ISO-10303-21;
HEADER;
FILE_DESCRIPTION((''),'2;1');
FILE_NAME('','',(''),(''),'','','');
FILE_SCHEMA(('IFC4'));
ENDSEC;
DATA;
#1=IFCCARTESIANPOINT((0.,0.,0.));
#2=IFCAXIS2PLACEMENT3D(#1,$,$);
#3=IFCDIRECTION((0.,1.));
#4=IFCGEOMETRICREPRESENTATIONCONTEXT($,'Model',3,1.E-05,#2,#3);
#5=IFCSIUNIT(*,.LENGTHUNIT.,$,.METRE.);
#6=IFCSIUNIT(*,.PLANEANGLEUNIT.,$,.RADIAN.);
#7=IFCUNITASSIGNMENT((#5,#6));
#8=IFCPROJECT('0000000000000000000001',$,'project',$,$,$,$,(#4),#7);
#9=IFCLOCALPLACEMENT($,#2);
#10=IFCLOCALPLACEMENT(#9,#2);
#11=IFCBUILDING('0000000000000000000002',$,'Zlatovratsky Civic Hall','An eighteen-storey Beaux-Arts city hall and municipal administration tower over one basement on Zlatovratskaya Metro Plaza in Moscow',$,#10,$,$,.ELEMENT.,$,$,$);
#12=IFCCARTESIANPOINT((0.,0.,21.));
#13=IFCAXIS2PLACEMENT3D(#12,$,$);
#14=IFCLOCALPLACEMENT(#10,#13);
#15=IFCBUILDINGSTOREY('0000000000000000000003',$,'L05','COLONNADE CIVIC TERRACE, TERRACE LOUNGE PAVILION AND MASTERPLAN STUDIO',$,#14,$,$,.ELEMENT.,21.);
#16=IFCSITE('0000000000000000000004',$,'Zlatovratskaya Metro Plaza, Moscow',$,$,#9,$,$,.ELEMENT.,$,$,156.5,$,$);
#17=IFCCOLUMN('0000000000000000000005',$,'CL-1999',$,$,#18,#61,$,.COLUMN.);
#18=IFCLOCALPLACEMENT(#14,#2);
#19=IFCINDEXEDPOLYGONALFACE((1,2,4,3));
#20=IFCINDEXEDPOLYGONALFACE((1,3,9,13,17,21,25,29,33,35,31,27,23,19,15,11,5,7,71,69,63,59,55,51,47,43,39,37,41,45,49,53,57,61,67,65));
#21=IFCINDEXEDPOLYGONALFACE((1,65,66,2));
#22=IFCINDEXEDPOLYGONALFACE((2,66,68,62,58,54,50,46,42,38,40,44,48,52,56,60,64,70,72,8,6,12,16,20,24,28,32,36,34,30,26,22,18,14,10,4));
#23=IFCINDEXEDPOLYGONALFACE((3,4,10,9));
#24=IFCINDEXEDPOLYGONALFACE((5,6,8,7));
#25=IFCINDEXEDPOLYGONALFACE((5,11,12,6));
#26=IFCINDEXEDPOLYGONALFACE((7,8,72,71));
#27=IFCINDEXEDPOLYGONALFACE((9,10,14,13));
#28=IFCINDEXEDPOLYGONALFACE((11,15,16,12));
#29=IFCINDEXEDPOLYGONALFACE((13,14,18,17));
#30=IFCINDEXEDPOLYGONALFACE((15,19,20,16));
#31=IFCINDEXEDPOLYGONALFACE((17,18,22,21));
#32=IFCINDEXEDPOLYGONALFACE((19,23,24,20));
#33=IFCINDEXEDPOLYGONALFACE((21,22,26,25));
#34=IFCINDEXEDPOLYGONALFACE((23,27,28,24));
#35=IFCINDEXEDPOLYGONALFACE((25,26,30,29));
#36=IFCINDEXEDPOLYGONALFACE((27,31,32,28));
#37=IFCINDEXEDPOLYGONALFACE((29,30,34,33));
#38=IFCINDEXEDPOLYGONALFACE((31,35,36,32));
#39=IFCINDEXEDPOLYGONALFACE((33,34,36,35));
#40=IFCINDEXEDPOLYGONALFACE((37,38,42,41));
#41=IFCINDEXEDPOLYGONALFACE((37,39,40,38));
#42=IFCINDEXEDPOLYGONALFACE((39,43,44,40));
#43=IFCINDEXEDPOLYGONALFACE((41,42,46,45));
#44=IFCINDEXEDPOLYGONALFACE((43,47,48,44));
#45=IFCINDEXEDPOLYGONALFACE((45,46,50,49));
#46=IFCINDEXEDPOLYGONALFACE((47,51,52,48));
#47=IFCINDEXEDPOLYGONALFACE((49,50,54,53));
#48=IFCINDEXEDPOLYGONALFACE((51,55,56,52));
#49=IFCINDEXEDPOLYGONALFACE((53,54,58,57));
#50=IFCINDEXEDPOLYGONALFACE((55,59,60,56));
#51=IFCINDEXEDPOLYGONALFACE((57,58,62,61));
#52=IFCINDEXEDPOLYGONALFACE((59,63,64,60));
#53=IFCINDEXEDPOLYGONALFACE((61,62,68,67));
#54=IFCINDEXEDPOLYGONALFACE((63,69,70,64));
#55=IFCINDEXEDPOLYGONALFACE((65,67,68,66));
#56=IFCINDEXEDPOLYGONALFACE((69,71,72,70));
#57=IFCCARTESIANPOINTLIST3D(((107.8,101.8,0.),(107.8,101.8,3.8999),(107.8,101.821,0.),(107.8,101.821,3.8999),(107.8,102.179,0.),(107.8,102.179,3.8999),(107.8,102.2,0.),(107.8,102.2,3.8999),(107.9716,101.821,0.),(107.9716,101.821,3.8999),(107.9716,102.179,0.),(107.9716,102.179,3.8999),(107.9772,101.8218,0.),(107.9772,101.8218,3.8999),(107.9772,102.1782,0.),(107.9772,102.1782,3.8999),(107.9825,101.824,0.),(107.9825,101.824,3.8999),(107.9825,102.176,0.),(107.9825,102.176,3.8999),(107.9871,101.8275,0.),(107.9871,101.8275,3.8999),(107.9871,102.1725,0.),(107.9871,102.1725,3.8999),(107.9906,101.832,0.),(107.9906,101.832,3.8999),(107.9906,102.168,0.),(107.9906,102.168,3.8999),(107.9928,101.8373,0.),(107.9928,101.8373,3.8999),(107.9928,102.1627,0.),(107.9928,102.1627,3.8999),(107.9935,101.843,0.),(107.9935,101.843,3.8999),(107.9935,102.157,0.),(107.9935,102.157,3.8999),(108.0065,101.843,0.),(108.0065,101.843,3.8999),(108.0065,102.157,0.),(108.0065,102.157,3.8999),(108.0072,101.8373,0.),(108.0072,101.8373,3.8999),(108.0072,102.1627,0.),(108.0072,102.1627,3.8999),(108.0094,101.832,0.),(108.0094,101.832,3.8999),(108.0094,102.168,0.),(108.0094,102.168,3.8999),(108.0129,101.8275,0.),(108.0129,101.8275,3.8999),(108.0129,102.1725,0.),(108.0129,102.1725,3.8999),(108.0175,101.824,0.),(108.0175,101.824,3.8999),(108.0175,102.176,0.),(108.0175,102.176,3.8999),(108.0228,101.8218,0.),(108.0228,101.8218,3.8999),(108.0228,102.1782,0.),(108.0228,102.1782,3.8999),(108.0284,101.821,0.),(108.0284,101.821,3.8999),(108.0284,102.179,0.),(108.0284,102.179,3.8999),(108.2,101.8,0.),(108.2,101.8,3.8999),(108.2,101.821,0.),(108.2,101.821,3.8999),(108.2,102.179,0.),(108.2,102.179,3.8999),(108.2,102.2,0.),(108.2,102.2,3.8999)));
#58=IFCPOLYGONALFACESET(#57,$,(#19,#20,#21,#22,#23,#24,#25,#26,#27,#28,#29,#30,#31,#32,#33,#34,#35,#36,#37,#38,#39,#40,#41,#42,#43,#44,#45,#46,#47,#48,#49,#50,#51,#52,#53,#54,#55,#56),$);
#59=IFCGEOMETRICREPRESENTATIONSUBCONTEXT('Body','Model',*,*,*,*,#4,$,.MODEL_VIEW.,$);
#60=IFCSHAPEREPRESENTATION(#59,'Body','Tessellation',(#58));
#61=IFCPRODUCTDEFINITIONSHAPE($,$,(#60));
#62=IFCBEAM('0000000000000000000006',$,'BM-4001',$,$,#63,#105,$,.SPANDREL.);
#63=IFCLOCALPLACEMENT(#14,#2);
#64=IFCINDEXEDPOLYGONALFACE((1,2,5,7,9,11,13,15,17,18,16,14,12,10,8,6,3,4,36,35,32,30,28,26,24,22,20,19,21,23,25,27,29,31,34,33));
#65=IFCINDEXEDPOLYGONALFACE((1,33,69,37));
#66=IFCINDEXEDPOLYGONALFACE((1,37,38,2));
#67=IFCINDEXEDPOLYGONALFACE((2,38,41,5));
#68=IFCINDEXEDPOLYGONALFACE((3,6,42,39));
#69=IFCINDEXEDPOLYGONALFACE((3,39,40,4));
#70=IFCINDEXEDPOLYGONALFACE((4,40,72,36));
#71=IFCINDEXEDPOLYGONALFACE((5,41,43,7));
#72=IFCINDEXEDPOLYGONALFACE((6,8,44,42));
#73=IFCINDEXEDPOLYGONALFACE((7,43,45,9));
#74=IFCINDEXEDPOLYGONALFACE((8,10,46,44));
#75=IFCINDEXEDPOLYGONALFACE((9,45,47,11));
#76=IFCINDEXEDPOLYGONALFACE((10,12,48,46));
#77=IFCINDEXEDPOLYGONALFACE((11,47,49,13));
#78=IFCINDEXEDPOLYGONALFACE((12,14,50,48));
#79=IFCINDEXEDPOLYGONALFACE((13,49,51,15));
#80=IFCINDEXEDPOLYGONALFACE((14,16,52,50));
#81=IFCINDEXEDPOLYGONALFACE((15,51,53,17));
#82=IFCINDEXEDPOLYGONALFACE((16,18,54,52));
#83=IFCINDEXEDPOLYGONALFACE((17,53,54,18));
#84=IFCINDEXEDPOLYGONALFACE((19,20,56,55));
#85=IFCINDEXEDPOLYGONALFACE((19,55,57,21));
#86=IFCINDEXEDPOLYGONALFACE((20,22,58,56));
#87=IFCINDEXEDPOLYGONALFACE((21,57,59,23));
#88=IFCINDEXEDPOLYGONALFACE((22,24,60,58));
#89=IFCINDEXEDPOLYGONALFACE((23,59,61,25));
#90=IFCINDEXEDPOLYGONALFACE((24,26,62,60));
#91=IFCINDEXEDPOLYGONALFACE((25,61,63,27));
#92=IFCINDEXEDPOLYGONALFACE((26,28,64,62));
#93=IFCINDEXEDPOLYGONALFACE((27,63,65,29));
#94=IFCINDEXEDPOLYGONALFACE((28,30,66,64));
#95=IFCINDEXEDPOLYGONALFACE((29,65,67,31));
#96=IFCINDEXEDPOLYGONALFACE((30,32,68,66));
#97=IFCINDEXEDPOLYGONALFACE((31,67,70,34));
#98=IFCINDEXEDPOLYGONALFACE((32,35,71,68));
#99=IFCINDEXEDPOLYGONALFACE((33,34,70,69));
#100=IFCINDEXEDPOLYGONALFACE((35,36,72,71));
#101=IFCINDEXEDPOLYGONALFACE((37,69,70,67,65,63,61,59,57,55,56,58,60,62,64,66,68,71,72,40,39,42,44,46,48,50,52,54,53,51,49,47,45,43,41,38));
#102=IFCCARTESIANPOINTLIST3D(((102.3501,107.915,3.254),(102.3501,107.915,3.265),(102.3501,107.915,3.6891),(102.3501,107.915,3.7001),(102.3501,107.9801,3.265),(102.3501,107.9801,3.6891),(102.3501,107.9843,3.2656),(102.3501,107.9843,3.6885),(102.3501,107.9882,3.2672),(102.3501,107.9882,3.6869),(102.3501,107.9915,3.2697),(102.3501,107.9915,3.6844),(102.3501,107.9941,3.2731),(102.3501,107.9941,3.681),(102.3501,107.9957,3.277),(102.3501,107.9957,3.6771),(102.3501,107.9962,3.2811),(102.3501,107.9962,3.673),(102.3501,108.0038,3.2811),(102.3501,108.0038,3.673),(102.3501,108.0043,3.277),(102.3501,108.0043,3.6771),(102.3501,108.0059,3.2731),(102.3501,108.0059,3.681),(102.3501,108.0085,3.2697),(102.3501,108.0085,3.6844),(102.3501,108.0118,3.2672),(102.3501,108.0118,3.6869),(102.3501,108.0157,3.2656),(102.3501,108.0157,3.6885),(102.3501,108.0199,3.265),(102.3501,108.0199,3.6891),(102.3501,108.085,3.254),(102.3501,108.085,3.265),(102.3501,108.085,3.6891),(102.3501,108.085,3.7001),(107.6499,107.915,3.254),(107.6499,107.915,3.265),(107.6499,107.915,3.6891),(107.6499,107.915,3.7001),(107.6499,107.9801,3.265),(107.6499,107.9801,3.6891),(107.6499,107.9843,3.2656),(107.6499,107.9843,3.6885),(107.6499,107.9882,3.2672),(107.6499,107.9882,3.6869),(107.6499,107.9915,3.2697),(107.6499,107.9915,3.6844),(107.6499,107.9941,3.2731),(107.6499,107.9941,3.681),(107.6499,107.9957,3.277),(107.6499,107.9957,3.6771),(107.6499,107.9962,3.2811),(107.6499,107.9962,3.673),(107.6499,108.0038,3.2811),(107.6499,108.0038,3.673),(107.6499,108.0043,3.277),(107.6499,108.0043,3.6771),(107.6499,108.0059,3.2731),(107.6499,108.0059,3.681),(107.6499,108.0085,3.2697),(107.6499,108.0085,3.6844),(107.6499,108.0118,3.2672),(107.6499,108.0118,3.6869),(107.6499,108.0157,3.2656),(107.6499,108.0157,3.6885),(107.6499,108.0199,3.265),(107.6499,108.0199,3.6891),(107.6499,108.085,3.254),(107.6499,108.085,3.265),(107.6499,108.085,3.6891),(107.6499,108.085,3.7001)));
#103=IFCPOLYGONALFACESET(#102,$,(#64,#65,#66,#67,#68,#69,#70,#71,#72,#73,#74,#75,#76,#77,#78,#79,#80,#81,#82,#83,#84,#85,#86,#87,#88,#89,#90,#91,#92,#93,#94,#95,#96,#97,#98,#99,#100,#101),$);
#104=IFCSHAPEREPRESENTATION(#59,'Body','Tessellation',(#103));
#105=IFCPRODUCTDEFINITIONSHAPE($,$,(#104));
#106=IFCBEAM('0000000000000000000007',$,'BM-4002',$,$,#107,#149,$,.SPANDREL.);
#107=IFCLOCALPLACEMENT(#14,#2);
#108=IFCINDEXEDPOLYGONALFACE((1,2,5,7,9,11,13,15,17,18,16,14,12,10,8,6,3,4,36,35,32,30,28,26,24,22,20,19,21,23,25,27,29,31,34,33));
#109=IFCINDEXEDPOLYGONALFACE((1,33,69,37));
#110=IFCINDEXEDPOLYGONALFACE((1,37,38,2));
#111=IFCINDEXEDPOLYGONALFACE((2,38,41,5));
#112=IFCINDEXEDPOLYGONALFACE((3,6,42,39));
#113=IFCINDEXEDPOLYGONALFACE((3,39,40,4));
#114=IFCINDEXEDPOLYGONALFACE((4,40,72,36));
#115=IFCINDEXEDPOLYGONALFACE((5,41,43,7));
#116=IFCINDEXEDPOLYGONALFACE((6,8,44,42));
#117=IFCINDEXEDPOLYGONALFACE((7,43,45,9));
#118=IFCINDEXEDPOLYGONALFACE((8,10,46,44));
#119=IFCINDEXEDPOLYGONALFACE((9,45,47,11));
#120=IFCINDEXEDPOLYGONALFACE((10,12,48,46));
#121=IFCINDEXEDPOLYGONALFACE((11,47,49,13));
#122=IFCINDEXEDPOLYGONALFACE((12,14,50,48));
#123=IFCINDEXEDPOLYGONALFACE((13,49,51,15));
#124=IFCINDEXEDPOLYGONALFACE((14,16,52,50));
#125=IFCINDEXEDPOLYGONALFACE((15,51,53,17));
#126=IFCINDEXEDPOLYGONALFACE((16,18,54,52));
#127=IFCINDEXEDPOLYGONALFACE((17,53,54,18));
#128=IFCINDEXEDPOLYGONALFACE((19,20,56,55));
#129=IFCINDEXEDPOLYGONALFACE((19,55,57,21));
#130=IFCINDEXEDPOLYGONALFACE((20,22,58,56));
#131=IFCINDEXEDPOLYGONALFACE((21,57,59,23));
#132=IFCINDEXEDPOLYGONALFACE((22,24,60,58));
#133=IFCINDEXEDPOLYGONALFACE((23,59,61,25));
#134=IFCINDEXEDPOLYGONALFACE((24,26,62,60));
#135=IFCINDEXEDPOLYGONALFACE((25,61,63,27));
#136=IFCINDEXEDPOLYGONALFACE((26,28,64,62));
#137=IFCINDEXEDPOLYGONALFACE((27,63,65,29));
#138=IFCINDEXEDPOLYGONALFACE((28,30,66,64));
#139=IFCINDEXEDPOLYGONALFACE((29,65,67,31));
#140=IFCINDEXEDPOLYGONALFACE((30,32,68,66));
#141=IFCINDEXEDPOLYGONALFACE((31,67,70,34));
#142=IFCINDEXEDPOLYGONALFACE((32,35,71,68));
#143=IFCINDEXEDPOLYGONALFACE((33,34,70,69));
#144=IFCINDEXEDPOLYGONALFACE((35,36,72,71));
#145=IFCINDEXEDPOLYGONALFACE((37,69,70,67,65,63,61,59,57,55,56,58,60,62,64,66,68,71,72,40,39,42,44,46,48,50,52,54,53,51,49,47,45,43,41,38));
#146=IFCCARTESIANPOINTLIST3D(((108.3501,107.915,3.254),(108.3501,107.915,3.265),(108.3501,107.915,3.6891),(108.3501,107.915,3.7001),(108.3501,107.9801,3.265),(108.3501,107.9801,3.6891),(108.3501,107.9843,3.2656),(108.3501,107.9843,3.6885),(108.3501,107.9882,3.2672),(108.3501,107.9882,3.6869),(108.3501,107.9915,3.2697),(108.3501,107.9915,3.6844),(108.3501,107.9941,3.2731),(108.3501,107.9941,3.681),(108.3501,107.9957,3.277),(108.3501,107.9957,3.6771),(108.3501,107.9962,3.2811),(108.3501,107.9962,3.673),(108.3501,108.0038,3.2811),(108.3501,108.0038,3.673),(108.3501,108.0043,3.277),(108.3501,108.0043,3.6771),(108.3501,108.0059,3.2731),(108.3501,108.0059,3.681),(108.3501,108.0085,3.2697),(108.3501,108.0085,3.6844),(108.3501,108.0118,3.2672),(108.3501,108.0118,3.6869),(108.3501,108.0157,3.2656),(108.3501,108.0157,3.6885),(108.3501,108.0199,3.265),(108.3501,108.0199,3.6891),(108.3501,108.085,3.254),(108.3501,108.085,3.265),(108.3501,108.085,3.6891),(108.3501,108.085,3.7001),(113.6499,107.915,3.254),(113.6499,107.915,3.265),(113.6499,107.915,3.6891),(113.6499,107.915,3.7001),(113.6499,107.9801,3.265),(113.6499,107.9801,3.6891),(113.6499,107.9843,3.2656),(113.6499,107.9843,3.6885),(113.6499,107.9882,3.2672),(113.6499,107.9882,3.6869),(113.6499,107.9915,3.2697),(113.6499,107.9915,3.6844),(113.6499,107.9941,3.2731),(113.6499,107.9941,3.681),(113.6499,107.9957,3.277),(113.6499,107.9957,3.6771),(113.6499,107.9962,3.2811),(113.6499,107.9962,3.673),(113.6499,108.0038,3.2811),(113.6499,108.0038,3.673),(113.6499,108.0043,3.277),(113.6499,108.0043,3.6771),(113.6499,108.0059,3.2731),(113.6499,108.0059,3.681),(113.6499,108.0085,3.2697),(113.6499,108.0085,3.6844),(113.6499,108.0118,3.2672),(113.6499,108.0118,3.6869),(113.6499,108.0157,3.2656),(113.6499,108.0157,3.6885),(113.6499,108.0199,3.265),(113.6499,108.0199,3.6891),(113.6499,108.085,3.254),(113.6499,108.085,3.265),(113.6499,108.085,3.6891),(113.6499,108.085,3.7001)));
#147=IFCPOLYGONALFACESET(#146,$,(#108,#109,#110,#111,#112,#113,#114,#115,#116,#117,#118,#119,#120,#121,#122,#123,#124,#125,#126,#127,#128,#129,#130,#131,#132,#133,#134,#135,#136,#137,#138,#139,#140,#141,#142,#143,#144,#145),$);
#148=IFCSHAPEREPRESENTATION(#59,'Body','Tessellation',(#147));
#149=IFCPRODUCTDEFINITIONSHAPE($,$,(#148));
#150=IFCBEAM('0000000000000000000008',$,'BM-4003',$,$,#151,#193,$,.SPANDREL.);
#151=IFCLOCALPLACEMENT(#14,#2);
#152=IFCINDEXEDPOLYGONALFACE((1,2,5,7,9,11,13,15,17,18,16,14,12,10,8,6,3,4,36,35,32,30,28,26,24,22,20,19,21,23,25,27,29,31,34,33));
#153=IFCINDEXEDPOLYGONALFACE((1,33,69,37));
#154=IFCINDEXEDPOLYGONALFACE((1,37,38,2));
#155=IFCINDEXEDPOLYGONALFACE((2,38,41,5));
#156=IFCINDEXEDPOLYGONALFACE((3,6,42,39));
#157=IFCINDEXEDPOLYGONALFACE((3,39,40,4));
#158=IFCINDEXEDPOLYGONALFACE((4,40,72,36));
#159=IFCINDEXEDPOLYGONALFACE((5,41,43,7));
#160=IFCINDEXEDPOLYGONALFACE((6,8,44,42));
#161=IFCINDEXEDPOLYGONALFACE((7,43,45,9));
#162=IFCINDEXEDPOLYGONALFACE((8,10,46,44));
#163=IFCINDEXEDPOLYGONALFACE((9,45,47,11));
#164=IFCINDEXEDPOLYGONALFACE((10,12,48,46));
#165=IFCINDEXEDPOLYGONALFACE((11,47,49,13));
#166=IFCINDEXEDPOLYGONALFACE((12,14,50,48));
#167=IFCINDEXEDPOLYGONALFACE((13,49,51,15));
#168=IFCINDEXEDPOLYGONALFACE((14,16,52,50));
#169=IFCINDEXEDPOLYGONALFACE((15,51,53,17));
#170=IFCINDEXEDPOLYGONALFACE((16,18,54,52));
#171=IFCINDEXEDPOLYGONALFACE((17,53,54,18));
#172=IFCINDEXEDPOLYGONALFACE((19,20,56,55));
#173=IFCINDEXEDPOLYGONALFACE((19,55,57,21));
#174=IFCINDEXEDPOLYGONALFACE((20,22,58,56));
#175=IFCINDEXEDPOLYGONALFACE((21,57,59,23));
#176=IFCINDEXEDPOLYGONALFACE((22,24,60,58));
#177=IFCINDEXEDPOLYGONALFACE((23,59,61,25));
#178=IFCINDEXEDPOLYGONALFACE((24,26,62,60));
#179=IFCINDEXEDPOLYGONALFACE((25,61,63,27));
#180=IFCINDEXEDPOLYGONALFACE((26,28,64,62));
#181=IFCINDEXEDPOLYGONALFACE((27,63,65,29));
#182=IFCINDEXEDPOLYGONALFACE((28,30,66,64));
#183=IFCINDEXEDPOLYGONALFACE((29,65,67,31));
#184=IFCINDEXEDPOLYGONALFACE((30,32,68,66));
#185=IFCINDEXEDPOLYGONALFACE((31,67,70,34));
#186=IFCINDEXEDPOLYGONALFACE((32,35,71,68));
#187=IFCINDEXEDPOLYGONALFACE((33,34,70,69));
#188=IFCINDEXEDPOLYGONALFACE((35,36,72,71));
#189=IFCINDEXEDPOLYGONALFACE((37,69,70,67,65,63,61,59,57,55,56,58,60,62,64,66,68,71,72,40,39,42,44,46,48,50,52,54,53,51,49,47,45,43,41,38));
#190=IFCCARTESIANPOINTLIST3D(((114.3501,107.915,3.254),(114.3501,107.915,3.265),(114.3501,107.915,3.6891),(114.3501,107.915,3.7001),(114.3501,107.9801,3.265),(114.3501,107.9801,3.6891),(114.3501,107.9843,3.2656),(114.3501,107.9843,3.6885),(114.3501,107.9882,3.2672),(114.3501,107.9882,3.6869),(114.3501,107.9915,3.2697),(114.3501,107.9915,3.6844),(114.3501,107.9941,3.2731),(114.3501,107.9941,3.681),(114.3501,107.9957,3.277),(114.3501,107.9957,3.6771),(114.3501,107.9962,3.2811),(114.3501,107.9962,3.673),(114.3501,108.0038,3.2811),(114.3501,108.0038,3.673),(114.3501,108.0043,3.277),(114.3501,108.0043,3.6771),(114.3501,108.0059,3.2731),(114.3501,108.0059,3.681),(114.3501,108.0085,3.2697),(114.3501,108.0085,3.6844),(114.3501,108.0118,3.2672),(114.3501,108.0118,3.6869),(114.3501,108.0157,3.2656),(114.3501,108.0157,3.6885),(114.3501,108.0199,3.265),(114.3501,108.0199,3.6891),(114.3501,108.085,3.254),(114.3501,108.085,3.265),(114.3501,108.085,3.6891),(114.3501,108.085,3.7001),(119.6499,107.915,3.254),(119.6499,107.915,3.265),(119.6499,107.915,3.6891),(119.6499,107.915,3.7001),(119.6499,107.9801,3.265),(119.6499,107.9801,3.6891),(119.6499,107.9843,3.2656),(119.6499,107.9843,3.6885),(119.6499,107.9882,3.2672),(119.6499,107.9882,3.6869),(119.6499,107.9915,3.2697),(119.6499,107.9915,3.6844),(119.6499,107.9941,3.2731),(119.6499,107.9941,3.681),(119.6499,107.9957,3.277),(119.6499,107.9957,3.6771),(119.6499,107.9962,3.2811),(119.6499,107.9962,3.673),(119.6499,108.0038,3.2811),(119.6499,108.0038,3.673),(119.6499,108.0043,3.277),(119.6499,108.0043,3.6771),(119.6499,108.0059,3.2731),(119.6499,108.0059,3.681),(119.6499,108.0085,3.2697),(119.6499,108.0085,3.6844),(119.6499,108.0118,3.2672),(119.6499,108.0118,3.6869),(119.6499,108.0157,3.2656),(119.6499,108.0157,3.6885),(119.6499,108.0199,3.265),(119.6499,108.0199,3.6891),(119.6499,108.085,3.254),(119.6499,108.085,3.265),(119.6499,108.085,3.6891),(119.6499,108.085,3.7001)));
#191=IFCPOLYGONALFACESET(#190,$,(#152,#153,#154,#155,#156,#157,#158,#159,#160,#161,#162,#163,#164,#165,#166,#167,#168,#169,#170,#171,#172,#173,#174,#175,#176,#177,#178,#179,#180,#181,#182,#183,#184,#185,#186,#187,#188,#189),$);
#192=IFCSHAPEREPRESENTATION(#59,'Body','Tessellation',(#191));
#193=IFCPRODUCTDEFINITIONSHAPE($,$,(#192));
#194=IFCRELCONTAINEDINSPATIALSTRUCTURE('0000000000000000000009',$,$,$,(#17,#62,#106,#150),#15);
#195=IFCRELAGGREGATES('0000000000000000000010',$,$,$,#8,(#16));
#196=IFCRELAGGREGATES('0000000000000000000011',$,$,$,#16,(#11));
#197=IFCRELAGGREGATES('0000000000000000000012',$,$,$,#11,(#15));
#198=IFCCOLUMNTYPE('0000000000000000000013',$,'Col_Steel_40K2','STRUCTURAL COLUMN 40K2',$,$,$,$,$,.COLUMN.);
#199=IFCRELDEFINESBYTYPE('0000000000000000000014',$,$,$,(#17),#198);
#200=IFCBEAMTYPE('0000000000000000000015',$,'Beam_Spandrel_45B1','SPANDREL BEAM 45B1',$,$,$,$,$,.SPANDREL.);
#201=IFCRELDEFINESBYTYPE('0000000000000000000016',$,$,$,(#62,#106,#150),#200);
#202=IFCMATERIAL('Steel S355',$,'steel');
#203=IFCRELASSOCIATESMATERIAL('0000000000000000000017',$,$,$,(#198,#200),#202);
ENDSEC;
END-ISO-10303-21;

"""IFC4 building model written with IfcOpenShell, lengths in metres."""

from ifc_helpers import new_model, si_unit, direction, frame, origin, origin_2d, place, context, subcontext, project, spatial, i_section, extrude, material, material_profile, profile_set, type_object, element, save


model = new_model("IFC4")

# Units and contexts
model_context = context("Model", 3, precision=1e-05, world=origin(), true_north=direction((0.0, 1.0)))
body_context = subcontext(model_context, "Body", "Model", "MODEL_VIEW")
ifc_project = project(units=[si_unit("LENGTHUNIT", "METRE"), si_unit("PLANEANGLEUNIT", "RADIAN")], contexts=[model_context])

# Site, building, storey
site_placement = place(None, origin())
site = spatial("IfcSite", under=ifc_project, at=site_placement, Name="Zlatovratskaya Metro Plaza, Moscow", CompositionType="ELEMENT", RefElevation=156.5)
building_placement = place(site_placement, origin())
building = spatial("IfcBuilding", under=site, at=building_placement, Name="Zlatovratsky Civic Hall", Description="An eighteen-storey Beaux-Arts city hall and municipal administration tower over one basement on Zlatovratskaya Metro Plaza in Moscow", CompositionType="ELEMENT")
storey_placement = place(building_placement, frame((0.0, 0.0, 21.0)))
storey = spatial("IfcBuildingStorey", under=building, at=storey_placement, Name="L05", Description="COLONNADE CIVIC TERRACE, TERRACE LOUNGE PAVILION AND MASTERPLAN STUDIO", CompositionType="ELEMENT", Elevation=21.0)

# Column
ifc_material_1 = material(Name="Steel S355", Category="steel")
ifc_material_profile_1 = material_profile(ifc_material_1, i_section(OverallWidth=0.3999, OverallDepth=0.3999, WebThickness=0.0129, FlangeThickness=0.021, FilletRadius=0.022, at=origin_2d()), Name="40K2")
ifc_profile_set_1 = profile_set([ifc_material_profile_1], Name="Steel S355")
column_type_1 = type_object("IfcColumnType", Name="Col_Steel_40K2", Description="STRUCTURAL COLUMN 40K2", PredefinedType="COLUMN", material=ifc_profile_set_1)
for number, where, z_axis, x_axis, name in (
    (1, (108.0, 102.0, 0.0), (0.0, 0.0, 1.0), (1.0, 0.0, 0.0), "CL-1999"),
):
    element("IfcColumn", number, at=place(storey_placement, frame(where, z_axis=z_axis, x_axis=x_axis)), inside=storey, type_object=column_type_1, Name=name, PredefinedType="COLUMN", context=body_context, shape_type="SweptSolid", body=[
        extrude(i_section(OverallWidth=0.3999, OverallDepth=0.3999, WebThickness=0.0129, FlangeThickness=0.021, FilletRadius=0.022, at=origin_2d()), origin(), (0.0, 0.0, 1.0), 3.8999),
    ])

# Beams
ifc_material_profile_2 = material_profile(ifc_material_1, i_section(OverallWidth=0.1699, OverallDepth=0.446, WebThickness=0.0076, FlangeThickness=0.011, FilletRadius=0.0161, at=origin_2d()), Name="45B1")
ifc_profile_set_2 = profile_set([ifc_material_profile_2], Name="Steel S355")
beam_type_1 = type_object("IfcBeamType", Name="Beam_Spandrel_45B1", Description="SPANDREL BEAM 45B1", PredefinedType="SPANDREL", material=ifc_profile_set_2)
for number, where, z_axis, x_axis, name in (
    (2, (102.3501, 108.0, 3.4771), (1.0, 0.0, 0.0), (0.0, 1.0, 0.0), "BM-4001"),
    (3, (108.3501, 108.0, 3.4771), (1.0, 0.0, 0.0), (0.0, 1.0, 0.0), "BM-4002"),
    (4, (114.3501, 108.0, 3.4771), (1.0, 0.0, 0.0), (0.0, 1.0, 0.0), "BM-4003"),
):
    element("IfcBeam", number, at=place(storey_placement, frame(where, z_axis=z_axis, x_axis=x_axis)), inside=storey, type_object=beam_type_1, Name=name, PredefinedType="SPANDREL", context=body_context, shape_type="SweptSolid", body=[
        extrude(i_section(OverallWidth=0.1699, OverallDepth=0.446, WebThickness=0.0076, FlangeThickness=0.011, FilletRadius=0.0161, at=origin_2d()), origin(), (0.0, 0.0, 1.0), 5.2998),
    ])

save(model, "model.ifc")
